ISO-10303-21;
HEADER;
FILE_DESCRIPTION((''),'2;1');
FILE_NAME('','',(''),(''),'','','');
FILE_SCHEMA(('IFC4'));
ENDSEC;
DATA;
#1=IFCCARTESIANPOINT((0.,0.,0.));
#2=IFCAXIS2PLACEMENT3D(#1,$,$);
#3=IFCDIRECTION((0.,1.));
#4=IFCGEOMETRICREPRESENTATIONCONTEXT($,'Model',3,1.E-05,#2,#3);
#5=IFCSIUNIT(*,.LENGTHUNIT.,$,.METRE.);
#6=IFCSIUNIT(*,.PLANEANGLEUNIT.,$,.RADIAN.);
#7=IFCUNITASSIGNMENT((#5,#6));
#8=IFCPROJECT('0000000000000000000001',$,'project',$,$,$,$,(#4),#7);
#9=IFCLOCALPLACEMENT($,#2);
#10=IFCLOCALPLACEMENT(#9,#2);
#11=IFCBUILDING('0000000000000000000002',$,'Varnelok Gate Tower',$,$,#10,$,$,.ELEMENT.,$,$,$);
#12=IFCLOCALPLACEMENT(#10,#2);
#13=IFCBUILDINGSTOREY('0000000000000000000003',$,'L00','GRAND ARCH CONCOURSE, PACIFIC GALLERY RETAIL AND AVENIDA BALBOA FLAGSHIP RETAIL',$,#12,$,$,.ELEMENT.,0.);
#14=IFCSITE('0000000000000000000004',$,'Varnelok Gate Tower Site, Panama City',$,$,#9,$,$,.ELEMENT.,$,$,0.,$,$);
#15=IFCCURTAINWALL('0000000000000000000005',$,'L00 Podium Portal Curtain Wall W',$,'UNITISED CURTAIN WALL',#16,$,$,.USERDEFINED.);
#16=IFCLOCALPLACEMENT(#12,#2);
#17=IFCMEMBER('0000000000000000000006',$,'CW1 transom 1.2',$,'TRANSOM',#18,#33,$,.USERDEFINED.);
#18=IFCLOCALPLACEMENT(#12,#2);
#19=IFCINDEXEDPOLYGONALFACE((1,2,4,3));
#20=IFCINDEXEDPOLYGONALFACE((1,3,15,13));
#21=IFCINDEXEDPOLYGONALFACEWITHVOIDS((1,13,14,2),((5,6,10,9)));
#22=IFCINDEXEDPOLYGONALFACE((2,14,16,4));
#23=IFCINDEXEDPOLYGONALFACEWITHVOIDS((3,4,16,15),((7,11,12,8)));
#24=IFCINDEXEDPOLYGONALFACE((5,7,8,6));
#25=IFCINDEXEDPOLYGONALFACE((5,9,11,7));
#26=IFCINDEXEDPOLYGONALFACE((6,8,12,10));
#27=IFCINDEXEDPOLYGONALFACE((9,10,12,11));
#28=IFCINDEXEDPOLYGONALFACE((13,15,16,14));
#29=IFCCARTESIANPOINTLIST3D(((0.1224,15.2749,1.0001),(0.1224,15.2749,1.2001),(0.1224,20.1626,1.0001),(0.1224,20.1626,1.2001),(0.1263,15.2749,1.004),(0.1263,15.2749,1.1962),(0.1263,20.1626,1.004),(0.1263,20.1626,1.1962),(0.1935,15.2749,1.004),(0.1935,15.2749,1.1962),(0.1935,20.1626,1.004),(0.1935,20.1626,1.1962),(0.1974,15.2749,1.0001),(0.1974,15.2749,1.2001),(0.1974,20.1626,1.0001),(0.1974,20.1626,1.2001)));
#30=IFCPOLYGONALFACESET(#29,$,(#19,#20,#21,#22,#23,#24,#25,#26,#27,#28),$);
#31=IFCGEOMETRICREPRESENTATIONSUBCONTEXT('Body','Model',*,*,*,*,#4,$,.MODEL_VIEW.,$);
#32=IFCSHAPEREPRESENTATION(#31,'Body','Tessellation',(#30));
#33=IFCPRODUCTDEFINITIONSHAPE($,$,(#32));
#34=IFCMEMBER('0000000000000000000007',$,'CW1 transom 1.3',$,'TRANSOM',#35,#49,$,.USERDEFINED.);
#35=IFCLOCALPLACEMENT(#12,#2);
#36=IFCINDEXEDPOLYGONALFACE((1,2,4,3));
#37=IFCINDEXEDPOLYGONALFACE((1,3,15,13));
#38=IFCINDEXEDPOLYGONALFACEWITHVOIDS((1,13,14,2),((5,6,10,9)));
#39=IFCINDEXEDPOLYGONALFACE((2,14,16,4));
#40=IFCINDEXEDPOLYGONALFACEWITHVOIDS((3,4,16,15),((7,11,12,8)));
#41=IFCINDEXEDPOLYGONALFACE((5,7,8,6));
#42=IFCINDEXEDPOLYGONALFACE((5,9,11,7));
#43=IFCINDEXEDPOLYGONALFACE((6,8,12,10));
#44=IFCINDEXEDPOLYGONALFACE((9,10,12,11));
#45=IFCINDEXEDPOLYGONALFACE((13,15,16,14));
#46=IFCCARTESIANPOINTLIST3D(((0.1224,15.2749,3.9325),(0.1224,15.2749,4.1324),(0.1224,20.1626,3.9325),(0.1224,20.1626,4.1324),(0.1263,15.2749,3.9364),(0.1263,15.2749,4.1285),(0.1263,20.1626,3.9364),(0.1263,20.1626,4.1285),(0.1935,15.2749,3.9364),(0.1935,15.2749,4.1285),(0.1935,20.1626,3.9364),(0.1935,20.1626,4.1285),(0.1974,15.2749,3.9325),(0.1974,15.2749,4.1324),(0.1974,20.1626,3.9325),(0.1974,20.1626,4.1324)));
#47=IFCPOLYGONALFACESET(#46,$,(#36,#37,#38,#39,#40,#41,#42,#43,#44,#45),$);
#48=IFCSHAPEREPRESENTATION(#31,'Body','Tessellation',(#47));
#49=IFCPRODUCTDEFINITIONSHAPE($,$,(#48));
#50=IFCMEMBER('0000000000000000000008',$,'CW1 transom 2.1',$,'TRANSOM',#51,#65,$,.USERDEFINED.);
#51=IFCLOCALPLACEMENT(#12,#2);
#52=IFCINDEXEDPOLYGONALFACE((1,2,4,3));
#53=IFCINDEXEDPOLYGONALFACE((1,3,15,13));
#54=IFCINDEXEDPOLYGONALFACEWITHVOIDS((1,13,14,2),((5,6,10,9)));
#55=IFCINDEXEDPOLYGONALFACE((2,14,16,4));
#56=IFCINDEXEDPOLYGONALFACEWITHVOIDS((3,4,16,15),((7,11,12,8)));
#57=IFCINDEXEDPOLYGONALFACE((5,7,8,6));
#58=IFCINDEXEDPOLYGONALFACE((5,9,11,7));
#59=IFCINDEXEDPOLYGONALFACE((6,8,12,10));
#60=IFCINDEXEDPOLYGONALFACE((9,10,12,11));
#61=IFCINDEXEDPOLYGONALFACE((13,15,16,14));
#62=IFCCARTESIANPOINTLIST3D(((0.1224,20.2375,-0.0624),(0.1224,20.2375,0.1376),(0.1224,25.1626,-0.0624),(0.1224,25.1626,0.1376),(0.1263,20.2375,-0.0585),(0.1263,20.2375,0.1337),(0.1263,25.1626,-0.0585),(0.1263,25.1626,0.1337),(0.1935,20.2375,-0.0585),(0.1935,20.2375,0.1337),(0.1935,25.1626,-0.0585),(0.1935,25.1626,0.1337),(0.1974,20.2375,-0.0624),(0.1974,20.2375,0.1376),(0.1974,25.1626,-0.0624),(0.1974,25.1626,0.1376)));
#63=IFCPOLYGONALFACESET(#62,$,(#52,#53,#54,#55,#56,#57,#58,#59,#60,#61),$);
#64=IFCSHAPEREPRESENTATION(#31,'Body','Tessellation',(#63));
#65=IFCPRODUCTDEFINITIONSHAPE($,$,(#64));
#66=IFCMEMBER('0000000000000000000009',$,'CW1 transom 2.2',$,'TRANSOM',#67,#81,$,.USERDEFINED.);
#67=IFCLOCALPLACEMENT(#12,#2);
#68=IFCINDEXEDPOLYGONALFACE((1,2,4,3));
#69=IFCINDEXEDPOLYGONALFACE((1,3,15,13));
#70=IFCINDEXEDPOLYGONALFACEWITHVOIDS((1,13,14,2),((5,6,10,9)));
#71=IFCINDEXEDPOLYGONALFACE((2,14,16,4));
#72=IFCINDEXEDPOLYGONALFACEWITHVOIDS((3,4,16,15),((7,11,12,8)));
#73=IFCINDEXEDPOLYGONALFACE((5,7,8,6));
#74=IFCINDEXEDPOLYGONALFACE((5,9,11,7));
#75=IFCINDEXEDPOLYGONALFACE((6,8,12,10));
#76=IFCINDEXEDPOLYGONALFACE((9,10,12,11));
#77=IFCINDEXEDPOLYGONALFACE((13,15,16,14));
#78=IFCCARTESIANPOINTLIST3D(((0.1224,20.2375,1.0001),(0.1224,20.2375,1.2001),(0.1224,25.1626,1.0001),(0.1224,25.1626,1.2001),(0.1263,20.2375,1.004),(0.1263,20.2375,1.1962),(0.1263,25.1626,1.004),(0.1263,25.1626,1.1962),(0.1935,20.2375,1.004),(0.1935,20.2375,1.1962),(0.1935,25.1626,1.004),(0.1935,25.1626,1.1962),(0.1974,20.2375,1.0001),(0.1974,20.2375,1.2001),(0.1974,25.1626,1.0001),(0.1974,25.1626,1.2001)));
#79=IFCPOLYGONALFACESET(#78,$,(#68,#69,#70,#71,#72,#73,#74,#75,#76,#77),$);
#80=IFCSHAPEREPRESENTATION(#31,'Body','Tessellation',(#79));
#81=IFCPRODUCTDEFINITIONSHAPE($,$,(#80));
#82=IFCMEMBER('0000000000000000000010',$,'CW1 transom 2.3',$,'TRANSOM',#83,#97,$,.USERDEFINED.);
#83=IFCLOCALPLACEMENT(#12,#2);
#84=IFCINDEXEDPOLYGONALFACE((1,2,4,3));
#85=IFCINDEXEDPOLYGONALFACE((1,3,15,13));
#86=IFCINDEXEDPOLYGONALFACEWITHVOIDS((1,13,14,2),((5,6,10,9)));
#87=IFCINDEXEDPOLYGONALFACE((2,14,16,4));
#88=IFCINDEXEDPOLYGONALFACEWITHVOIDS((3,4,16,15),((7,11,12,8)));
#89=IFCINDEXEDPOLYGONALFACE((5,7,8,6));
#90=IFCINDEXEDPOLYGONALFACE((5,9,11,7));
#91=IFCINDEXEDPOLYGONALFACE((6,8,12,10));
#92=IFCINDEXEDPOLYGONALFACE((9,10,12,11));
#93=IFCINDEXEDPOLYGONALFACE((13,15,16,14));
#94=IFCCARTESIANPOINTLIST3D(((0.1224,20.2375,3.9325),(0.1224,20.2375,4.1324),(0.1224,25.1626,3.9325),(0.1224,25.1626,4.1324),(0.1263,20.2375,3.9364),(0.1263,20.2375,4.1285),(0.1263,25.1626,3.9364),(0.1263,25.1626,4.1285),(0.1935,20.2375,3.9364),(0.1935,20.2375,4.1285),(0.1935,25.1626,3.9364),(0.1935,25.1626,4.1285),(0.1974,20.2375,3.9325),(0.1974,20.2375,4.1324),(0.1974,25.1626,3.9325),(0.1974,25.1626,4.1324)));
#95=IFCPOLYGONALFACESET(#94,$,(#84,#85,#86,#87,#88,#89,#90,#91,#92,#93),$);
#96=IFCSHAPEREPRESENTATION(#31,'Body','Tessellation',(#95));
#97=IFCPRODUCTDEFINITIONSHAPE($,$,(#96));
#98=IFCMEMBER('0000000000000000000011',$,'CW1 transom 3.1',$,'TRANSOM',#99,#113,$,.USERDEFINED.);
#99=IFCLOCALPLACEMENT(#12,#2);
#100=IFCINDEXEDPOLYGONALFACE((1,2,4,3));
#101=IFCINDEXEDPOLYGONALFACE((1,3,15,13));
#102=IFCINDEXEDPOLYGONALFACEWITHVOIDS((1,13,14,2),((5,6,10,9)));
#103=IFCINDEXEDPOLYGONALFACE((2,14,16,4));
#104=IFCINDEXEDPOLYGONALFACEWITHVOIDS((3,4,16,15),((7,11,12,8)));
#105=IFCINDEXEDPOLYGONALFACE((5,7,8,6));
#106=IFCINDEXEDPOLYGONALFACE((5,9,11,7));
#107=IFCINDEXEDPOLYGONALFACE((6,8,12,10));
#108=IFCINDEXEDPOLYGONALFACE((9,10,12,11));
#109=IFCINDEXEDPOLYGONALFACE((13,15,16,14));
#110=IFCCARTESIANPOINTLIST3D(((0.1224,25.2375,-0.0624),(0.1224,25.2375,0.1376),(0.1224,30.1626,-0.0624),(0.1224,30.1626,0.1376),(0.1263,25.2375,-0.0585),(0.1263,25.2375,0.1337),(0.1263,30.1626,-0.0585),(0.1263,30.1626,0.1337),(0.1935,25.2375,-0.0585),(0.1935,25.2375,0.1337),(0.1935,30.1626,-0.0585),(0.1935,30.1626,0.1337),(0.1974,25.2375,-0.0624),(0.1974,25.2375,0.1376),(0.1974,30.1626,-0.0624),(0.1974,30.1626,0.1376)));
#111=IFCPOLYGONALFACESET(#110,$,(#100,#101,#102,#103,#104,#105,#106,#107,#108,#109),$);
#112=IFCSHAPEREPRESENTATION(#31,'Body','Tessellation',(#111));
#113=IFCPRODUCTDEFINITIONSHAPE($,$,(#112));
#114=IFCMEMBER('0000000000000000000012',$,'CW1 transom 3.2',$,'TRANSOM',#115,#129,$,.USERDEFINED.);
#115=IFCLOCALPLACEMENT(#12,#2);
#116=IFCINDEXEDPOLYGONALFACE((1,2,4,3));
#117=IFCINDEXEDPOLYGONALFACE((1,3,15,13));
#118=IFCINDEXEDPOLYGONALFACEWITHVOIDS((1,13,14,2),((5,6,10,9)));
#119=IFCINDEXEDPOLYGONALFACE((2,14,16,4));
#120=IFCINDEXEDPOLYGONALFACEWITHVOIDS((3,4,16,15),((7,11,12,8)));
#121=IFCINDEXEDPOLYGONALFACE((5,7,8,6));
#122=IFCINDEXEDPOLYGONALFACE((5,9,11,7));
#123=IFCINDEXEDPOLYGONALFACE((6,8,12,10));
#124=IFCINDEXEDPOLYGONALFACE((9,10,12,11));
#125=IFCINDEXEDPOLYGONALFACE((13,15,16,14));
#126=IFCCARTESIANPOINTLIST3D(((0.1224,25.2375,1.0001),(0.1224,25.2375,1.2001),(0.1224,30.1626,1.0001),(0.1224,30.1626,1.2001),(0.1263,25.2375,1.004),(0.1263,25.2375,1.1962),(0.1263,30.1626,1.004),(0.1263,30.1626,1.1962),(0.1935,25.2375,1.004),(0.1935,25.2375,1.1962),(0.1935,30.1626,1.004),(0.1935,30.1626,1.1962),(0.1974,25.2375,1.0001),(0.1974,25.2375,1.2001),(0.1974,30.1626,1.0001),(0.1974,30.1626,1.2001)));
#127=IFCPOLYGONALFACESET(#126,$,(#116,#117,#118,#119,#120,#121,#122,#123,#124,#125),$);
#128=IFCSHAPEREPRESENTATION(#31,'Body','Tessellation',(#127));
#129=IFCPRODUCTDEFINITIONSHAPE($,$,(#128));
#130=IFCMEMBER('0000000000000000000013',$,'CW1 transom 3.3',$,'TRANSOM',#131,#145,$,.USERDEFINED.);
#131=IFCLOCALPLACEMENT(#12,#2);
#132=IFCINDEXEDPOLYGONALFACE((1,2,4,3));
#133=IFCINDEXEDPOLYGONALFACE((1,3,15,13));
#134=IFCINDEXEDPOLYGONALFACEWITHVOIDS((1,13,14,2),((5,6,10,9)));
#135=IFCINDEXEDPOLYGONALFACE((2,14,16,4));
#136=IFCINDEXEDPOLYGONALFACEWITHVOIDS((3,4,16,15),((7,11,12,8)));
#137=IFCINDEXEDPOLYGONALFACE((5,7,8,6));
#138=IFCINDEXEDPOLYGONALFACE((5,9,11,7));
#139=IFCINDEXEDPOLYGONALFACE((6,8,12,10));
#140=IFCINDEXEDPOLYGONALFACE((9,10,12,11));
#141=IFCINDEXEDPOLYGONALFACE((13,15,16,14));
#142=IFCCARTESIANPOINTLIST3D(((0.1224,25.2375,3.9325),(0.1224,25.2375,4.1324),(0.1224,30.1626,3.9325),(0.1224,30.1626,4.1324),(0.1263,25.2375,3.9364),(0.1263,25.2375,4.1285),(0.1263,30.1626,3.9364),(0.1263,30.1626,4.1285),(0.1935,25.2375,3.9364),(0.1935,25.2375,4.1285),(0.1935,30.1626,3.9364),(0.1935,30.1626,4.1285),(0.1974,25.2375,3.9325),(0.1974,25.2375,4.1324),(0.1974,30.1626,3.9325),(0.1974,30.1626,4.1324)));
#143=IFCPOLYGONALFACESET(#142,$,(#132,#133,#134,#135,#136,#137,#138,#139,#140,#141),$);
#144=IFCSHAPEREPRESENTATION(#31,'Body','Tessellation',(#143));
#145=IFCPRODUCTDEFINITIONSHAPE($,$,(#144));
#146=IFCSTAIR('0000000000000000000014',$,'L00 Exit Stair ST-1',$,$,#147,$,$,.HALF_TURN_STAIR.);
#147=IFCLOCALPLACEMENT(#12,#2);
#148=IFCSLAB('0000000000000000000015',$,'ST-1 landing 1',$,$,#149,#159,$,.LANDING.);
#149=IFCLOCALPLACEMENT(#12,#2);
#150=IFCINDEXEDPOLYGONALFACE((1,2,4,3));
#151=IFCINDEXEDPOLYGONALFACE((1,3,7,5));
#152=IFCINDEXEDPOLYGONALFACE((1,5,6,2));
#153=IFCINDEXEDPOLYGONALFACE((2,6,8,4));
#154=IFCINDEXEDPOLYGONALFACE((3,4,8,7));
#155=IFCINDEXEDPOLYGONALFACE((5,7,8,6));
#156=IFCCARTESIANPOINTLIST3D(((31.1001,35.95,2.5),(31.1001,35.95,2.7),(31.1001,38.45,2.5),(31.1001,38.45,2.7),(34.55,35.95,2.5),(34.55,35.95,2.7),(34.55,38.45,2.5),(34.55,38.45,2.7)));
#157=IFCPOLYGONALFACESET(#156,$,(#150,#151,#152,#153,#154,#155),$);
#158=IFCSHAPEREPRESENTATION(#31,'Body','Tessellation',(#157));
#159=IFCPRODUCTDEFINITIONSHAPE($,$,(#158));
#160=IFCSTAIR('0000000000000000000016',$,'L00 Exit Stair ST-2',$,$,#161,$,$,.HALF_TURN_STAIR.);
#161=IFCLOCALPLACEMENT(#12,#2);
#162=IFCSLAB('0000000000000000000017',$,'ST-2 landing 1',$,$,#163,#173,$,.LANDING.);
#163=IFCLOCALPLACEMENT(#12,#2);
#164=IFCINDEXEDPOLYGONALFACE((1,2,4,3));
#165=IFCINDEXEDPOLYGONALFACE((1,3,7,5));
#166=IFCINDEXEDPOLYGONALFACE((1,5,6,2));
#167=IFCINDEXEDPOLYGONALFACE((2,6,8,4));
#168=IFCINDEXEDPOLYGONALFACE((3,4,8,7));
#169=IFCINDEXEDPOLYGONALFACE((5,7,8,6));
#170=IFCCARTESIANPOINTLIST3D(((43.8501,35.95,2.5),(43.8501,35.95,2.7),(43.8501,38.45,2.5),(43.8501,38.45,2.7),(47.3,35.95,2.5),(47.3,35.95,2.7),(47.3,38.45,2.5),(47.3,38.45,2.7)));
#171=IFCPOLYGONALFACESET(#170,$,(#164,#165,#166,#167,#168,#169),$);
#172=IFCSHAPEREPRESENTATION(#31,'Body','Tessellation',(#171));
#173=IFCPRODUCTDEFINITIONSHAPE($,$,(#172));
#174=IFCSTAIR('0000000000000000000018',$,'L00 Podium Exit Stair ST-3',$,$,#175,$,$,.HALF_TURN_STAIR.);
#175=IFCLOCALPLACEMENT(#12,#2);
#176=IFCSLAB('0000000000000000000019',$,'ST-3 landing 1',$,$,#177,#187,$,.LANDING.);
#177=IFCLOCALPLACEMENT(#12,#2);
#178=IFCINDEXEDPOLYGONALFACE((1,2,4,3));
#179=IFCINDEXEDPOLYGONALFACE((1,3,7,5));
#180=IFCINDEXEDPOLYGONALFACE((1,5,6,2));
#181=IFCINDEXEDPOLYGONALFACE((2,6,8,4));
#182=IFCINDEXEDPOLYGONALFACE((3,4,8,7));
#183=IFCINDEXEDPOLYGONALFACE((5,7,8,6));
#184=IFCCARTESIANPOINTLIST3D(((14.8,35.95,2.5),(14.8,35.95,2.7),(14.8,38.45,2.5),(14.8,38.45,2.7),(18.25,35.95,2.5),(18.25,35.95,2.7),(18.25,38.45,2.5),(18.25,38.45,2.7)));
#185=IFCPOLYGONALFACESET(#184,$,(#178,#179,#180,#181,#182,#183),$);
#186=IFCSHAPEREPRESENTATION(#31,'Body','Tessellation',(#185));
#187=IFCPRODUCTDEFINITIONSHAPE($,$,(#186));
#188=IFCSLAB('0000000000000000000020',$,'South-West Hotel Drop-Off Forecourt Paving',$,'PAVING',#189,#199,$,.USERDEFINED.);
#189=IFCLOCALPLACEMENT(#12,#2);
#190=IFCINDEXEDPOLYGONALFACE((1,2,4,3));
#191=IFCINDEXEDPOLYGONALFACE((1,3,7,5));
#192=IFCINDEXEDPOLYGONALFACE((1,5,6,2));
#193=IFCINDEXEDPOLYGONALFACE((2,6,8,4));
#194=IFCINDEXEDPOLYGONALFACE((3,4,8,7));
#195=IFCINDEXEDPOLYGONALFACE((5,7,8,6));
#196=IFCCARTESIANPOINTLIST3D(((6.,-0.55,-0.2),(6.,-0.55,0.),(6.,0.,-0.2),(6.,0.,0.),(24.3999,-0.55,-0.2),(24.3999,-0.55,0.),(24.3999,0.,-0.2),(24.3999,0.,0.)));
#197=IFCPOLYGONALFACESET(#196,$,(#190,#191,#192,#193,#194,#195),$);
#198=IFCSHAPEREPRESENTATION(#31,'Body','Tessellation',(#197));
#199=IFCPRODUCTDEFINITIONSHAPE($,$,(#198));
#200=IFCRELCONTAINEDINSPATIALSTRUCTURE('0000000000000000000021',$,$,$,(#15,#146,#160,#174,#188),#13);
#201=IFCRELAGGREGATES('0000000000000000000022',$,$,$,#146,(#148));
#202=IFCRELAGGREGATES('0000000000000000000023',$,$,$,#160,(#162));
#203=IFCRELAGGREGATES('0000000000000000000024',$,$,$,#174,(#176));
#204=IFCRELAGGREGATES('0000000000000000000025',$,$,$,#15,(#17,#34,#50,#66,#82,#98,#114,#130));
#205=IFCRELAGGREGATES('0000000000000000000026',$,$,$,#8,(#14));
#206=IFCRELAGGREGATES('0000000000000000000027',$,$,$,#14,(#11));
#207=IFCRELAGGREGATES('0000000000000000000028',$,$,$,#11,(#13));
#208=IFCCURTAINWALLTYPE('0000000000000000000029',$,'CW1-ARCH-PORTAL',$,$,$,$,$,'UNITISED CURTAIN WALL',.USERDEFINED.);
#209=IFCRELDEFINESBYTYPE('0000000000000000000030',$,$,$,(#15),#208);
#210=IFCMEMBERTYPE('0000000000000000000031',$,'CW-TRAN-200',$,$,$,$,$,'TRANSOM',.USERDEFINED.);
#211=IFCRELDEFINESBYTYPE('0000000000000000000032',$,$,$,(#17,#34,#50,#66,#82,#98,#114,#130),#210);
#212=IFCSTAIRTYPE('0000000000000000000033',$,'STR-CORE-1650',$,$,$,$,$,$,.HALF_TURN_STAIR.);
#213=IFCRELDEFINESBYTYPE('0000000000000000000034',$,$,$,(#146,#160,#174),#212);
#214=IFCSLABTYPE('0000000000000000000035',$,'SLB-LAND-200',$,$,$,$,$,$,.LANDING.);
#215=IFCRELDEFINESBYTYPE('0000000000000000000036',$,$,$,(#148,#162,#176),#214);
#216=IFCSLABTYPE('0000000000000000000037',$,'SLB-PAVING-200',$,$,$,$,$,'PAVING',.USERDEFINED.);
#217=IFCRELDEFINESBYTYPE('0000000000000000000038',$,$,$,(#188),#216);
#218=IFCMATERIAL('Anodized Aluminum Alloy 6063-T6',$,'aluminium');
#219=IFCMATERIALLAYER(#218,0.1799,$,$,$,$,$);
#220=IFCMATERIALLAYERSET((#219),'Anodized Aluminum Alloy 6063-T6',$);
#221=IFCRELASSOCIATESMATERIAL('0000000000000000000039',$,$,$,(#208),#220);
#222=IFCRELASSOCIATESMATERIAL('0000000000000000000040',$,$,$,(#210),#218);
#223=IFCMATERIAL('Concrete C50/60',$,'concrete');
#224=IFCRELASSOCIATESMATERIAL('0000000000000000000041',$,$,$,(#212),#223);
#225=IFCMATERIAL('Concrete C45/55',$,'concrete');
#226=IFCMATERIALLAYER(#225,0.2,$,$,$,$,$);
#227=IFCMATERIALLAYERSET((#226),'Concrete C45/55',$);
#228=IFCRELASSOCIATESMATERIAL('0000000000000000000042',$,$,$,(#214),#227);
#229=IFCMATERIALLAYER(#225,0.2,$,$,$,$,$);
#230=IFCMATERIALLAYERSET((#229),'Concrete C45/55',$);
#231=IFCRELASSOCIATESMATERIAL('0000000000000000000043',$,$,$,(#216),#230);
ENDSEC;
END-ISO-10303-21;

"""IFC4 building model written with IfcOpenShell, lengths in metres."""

from ifc_helpers import new_model, si_unit, direction, frame, origin, origin_2d, place, context, subcontext, project, spatial, polyline, hollow_rectangle, outline, extrude, material, layer, layer_set, material_profile, profile_set, type_object, element, aggregate, save


model = new_model("IFC4")

# Units and contexts
model_context = context("Model", 3, precision=1e-05, world=origin(), true_north=direction((0.0, 1.0)))
body_context = subcontext(model_context, "Body", "Model", "MODEL_VIEW")
ifc_project = project(units=[si_unit("LENGTHUNIT", "METRE"), si_unit("PLANEANGLEUNIT", "RADIAN")], contexts=[model_context])

# Site, building, storey
site_placement = place(None, origin())
site = spatial("IfcSite", under=ifc_project, at=site_placement, Name="Varnelok Gate Tower Site, Panama City", CompositionType="ELEMENT", RefElevation=0.0)
building_placement = place(site_placement, origin())
building = spatial("IfcBuilding", under=site, at=building_placement, Name="Varnelok Gate Tower", CompositionType="ELEMENT")
storey_placement = place(building_placement, origin())
storey = spatial("IfcBuildingStorey", under=building, at=storey_placement, Name="L00", Description="GRAND ARCH CONCOURSE, PACIFIC GALLERY RETAIL AND AVENIDA BALBOA FLAGSHIP RETAIL", CompositionType="ELEMENT", Elevation=0.0)

# Curtain wall, members
ifc_material_1 = material(Name="Anodized Aluminum Alloy 6063-T6", Category="aluminium")
ifc_layer_1 = layer(ifc_material_1, 0.1799)
ifc_layer_set_1 = layer_set([ifc_layer_1], Name="Anodized Aluminum Alloy 6063-T6")
curtain_wall_type = type_object("IfcCurtainWallType", Name="CW1-ARCH-PORTAL", ElementType="UNITISED CURTAIN WALL", PredefinedType="USERDEFINED", material=ifc_layer_set_1)
curtain_wall_placement = place(storey_placement, origin())
curtain_wall = element("IfcCurtainWall", 1, at=curtain_wall_placement, inside=storey, type_object=curtain_wall_type, Name="L00 Podium Portal Curtain Wall W", ObjectType="UNITISED CURTAIN WALL", PredefinedType="USERDEFINED")
ifc_material_profile_1 = material_profile(ifc_material_1, hollow_rectangle(XDim=0.075, YDim=0.2, WallThickness=0.0039, at=origin_2d()), Name="ALU200X75X4")
ifc_profile_set_1 = profile_set([ifc_material_profile_1], Name="Anodized Aluminum Alloy 6063-T6")
member_type_1 = type_object("IfcMemberType", Name="CW-TRAN-200", ElementType="TRANSOM", PredefinedType="USERDEFINED", material=ifc_profile_set_1)
member_1_placement = place(storey_placement, frame((0.1599, 15.2749, 1.1001), z_axis=(0.0, 1.0, 0.0), x_axis=(-1.0, 0.0, 0.0)))
member_1 = element("IfcMember", 2, at=member_1_placement, type_object=member_type_1, Name="CW1 transom 1.2", ObjectType="TRANSOM", PredefinedType="USERDEFINED", context=body_context, shape_type="SweptSolid", body=[
    extrude(hollow_rectangle(XDim=0.075, YDim=0.2, WallThickness=0.0039, at=origin_2d()), origin(), (0.0, 0.0, 1.0), 4.8877),
])
member_2_placement = place(storey_placement, frame((0.1599, 15.2749, 4.0325), z_axis=(0.0, 1.0, 0.0), x_axis=(-1.0, 0.0, 0.0)))
member_2 = element("IfcMember", 3, at=member_2_placement, type_object=member_type_1, Name="CW1 transom 1.3", ObjectType="TRANSOM", PredefinedType="USERDEFINED", context=body_context, shape_type="SweptSolid", body=[
    extrude(hollow_rectangle(XDim=0.075, YDim=0.2, WallThickness=0.0039, at=origin_2d()), origin(), (0.0, 0.0, 1.0), 4.8877),
])
member_3_placement = place(storey_placement, frame((0.1599, 20.2375, 0.0376), z_axis=(0.0, 1.0, 0.0), x_axis=(-1.0, 0.0, 0.0)))
member_3 = element("IfcMember", 4, at=member_3_placement, type_object=member_type_1, Name="CW1 transom 2.1", ObjectType="TRANSOM", PredefinedType="USERDEFINED", context=body_context, shape_type="SweptSolid", body=[
    extrude(hollow_rectangle(XDim=0.075, YDim=0.2, WallThickness=0.0039, at=origin_2d()), origin(), (0.0, 0.0, 1.0), 4.925),
])
member_4_placement = place(storey_placement, frame((0.1599, 20.2375, 1.1001), z_axis=(0.0, 1.0, 0.0), x_axis=(-1.0, 0.0, 0.0)))
member_4 = element("IfcMember", 5, at=member_4_placement, type_object=member_type_1, Name="CW1 transom 2.2", ObjectType="TRANSOM", PredefinedType="USERDEFINED", context=body_context, shape_type="SweptSolid", body=[
    extrude(hollow_rectangle(XDim=0.075, YDim=0.2, WallThickness=0.0039, at=origin_2d()), origin(), (0.0, 0.0, 1.0), 4.925),
])
member_5_placement = place(storey_placement, frame((0.1599, 20.2375, 4.0325), z_axis=(0.0, 1.0, 0.0), x_axis=(-1.0, 0.0, 0.0)))
member_5 = element("IfcMember", 6, at=member_5_placement, type_object=member_type_1, Name="CW1 transom 2.3", ObjectType="TRANSOM", PredefinedType="USERDEFINED", context=body_context, shape_type="SweptSolid", body=[
    extrude(hollow_rectangle(XDim=0.075, YDim=0.2, WallThickness=0.0039, at=origin_2d()), origin(), (0.0, 0.0, 1.0), 4.925),
])
member_6_placement = place(storey_placement, frame((0.1599, 25.2375, 0.0376), z_axis=(0.0, 1.0, 0.0), x_axis=(-1.0, 0.0, 0.0)))
member_6 = element("IfcMember", 7, at=member_6_placement, type_object=member_type_1, Name="CW1 transom 3.1", ObjectType="TRANSOM", PredefinedType="USERDEFINED", context=body_context, shape_type="SweptSolid", body=[
    extrude(hollow_rectangle(XDim=0.075, YDim=0.2, WallThickness=0.0039, at=origin_2d()), origin(), (0.0, 0.0, 1.0), 4.925),
])
member_7_placement = place(storey_placement, frame((0.1599, 25.2375, 1.1001), z_axis=(0.0, 1.0, 0.0), x_axis=(-1.0, 0.0, 0.0)))
member_7 = element("IfcMember", 8, at=member_7_placement, type_object=member_type_1, Name="CW1 transom 3.2", ObjectType="TRANSOM", PredefinedType="USERDEFINED", context=body_context, shape_type="SweptSolid", body=[
    extrude(hollow_rectangle(XDim=0.075, YDim=0.2, WallThickness=0.0039, at=origin_2d()), origin(), (0.0, 0.0, 1.0), 4.925),
])
member_8_placement = place(storey_placement, frame((0.1599, 25.2375, 4.0325), z_axis=(0.0, 1.0, 0.0), x_axis=(-1.0, 0.0, 0.0)))
member_8 = element("IfcMember", 9, at=member_8_placement, type_object=member_type_1, Name="CW1 transom 3.3", ObjectType="TRANSOM", PredefinedType="USERDEFINED", context=body_context, shape_type="SweptSolid", body=[
    extrude(hollow_rectangle(XDim=0.075, YDim=0.2, WallThickness=0.0039, at=origin_2d()), origin(), (0.0, 0.0, 1.0), 4.925),
])

# Stairs, slabs
ifc_material_2 = material(Name="Concrete C50/60", Category="concrete")
stair_type = type_object("IfcStairType", Name="STR-CORE-1650", PredefinedType="HALF_TURN_STAIR", material=ifc_material_2)
stair_1_placement = place(storey_placement, origin())
stair_1 = element("IfcStair", 10, at=stair_1_placement, inside=storey, type_object=stair_type, Name="L00 Exit Stair ST-1", PredefinedType="HALF_TURN_STAIR")
ifc_material_3 = material(Name="Concrete C45/55", Category="concrete")
ifc_layer_2 = layer(ifc_material_3, 0.2)
ifc_layer_set_2 = layer_set([ifc_layer_2], Name="Concrete C45/55")
slab_type_1 = type_object("IfcSlabType", Name="SLB-LAND-200", PredefinedType="LANDING", material=ifc_layer_set_2)
slab_1_placement = place(storey_placement, frame((0.0, 0.0, 2.5)))
slab_1 = element("IfcSlab", 11, at=slab_1_placement, type_object=slab_type_1, Name="ST-1 landing 1", PredefinedType="LANDING", context=body_context, shape_type="SweptSolid", body=[
    extrude(outline(polyline([(34.55, 35.95), (34.55, 38.45), (31.1001, 38.45), (31.1001, 35.95), (34.55, 35.95)])), origin(), (0.0, 0.0, 1.0), 0.2),
])
aggregate(stair_1, [slab_1])
stair_2_placement = place(storey_placement, origin())
stair_2 = element("IfcStair", 12, at=stair_2_placement, inside=storey, type_object=stair_type, Name="L00 Exit Stair ST-2", PredefinedType="HALF_TURN_STAIR")
slab_2_placement = place(storey_placement, frame((0.0, 0.0, 2.5)))
slab_2 = element("IfcSlab", 13, at=slab_2_placement, type_object=slab_type_1, Name="ST-2 landing 1", PredefinedType="LANDING", context=body_context, shape_type="SweptSolid", body=[
    extrude(outline(polyline([(47.3, 35.95), (47.3, 38.45), (43.8501, 38.45), (43.8501, 35.95), (47.3, 35.95)])), origin(), (0.0, 0.0, 1.0), 0.2),
])
aggregate(stair_2, [slab_2])
stair_3_placement = place(storey_placement, origin())
stair_3 = element("IfcStair", 14, at=stair_3_placement, inside=storey, type_object=stair_type, Name="L00 Podium Exit Stair ST-3", PredefinedType="HALF_TURN_STAIR")
slab_3_placement = place(storey_placement, frame((0.0, 0.0, 2.5)))
slab_3 = element("IfcSlab", 15, at=slab_3_placement, type_object=slab_type_1, Name="ST-3 landing 1", PredefinedType="LANDING", context=body_context, shape_type="SweptSolid", body=[
    extrude(outline(polyline([(18.25, 35.95), (18.25, 38.45), (14.8, 38.45), (14.8, 35.95), (18.25, 35.95)])), origin(), (0.0, 0.0, 1.0), 0.2),
])
aggregate(stair_3, [slab_3])

# Slab
ifc_layer_3 = layer(ifc_material_3, 0.2)
ifc_layer_set_3 = layer_set([ifc_layer_3], Name="Concrete C45/55")
slab_type_2 = type_object("IfcSlabType", Name="SLB-PAVING-200", ElementType="PAVING", PredefinedType="USERDEFINED", material=ifc_layer_set_3)
slab_4_placement = place(storey_placement, frame((0.0, 0.0, -0.2)))
element("IfcSlab", 16, at=slab_4_placement, inside=storey, type_object=slab_type_2, Name="South-West Hotel Drop-Off Forecourt Paving", ObjectType="PAVING", PredefinedType="USERDEFINED", context=body_context, shape_type="SweptSolid", body=[
    extrude(outline(polyline([(6.0, -0.55), (24.3999, -0.55), (24.3999, 0.0), (6.0, 0.0), (6.0, -0.55)])), origin(), (0.0, 0.0, 1.0), 0.2),
])

aggregate(curtain_wall, [member_1, member_2, member_3, member_4, member_5, member_6, member_7, member_8])

save(model, "model.ifc")
